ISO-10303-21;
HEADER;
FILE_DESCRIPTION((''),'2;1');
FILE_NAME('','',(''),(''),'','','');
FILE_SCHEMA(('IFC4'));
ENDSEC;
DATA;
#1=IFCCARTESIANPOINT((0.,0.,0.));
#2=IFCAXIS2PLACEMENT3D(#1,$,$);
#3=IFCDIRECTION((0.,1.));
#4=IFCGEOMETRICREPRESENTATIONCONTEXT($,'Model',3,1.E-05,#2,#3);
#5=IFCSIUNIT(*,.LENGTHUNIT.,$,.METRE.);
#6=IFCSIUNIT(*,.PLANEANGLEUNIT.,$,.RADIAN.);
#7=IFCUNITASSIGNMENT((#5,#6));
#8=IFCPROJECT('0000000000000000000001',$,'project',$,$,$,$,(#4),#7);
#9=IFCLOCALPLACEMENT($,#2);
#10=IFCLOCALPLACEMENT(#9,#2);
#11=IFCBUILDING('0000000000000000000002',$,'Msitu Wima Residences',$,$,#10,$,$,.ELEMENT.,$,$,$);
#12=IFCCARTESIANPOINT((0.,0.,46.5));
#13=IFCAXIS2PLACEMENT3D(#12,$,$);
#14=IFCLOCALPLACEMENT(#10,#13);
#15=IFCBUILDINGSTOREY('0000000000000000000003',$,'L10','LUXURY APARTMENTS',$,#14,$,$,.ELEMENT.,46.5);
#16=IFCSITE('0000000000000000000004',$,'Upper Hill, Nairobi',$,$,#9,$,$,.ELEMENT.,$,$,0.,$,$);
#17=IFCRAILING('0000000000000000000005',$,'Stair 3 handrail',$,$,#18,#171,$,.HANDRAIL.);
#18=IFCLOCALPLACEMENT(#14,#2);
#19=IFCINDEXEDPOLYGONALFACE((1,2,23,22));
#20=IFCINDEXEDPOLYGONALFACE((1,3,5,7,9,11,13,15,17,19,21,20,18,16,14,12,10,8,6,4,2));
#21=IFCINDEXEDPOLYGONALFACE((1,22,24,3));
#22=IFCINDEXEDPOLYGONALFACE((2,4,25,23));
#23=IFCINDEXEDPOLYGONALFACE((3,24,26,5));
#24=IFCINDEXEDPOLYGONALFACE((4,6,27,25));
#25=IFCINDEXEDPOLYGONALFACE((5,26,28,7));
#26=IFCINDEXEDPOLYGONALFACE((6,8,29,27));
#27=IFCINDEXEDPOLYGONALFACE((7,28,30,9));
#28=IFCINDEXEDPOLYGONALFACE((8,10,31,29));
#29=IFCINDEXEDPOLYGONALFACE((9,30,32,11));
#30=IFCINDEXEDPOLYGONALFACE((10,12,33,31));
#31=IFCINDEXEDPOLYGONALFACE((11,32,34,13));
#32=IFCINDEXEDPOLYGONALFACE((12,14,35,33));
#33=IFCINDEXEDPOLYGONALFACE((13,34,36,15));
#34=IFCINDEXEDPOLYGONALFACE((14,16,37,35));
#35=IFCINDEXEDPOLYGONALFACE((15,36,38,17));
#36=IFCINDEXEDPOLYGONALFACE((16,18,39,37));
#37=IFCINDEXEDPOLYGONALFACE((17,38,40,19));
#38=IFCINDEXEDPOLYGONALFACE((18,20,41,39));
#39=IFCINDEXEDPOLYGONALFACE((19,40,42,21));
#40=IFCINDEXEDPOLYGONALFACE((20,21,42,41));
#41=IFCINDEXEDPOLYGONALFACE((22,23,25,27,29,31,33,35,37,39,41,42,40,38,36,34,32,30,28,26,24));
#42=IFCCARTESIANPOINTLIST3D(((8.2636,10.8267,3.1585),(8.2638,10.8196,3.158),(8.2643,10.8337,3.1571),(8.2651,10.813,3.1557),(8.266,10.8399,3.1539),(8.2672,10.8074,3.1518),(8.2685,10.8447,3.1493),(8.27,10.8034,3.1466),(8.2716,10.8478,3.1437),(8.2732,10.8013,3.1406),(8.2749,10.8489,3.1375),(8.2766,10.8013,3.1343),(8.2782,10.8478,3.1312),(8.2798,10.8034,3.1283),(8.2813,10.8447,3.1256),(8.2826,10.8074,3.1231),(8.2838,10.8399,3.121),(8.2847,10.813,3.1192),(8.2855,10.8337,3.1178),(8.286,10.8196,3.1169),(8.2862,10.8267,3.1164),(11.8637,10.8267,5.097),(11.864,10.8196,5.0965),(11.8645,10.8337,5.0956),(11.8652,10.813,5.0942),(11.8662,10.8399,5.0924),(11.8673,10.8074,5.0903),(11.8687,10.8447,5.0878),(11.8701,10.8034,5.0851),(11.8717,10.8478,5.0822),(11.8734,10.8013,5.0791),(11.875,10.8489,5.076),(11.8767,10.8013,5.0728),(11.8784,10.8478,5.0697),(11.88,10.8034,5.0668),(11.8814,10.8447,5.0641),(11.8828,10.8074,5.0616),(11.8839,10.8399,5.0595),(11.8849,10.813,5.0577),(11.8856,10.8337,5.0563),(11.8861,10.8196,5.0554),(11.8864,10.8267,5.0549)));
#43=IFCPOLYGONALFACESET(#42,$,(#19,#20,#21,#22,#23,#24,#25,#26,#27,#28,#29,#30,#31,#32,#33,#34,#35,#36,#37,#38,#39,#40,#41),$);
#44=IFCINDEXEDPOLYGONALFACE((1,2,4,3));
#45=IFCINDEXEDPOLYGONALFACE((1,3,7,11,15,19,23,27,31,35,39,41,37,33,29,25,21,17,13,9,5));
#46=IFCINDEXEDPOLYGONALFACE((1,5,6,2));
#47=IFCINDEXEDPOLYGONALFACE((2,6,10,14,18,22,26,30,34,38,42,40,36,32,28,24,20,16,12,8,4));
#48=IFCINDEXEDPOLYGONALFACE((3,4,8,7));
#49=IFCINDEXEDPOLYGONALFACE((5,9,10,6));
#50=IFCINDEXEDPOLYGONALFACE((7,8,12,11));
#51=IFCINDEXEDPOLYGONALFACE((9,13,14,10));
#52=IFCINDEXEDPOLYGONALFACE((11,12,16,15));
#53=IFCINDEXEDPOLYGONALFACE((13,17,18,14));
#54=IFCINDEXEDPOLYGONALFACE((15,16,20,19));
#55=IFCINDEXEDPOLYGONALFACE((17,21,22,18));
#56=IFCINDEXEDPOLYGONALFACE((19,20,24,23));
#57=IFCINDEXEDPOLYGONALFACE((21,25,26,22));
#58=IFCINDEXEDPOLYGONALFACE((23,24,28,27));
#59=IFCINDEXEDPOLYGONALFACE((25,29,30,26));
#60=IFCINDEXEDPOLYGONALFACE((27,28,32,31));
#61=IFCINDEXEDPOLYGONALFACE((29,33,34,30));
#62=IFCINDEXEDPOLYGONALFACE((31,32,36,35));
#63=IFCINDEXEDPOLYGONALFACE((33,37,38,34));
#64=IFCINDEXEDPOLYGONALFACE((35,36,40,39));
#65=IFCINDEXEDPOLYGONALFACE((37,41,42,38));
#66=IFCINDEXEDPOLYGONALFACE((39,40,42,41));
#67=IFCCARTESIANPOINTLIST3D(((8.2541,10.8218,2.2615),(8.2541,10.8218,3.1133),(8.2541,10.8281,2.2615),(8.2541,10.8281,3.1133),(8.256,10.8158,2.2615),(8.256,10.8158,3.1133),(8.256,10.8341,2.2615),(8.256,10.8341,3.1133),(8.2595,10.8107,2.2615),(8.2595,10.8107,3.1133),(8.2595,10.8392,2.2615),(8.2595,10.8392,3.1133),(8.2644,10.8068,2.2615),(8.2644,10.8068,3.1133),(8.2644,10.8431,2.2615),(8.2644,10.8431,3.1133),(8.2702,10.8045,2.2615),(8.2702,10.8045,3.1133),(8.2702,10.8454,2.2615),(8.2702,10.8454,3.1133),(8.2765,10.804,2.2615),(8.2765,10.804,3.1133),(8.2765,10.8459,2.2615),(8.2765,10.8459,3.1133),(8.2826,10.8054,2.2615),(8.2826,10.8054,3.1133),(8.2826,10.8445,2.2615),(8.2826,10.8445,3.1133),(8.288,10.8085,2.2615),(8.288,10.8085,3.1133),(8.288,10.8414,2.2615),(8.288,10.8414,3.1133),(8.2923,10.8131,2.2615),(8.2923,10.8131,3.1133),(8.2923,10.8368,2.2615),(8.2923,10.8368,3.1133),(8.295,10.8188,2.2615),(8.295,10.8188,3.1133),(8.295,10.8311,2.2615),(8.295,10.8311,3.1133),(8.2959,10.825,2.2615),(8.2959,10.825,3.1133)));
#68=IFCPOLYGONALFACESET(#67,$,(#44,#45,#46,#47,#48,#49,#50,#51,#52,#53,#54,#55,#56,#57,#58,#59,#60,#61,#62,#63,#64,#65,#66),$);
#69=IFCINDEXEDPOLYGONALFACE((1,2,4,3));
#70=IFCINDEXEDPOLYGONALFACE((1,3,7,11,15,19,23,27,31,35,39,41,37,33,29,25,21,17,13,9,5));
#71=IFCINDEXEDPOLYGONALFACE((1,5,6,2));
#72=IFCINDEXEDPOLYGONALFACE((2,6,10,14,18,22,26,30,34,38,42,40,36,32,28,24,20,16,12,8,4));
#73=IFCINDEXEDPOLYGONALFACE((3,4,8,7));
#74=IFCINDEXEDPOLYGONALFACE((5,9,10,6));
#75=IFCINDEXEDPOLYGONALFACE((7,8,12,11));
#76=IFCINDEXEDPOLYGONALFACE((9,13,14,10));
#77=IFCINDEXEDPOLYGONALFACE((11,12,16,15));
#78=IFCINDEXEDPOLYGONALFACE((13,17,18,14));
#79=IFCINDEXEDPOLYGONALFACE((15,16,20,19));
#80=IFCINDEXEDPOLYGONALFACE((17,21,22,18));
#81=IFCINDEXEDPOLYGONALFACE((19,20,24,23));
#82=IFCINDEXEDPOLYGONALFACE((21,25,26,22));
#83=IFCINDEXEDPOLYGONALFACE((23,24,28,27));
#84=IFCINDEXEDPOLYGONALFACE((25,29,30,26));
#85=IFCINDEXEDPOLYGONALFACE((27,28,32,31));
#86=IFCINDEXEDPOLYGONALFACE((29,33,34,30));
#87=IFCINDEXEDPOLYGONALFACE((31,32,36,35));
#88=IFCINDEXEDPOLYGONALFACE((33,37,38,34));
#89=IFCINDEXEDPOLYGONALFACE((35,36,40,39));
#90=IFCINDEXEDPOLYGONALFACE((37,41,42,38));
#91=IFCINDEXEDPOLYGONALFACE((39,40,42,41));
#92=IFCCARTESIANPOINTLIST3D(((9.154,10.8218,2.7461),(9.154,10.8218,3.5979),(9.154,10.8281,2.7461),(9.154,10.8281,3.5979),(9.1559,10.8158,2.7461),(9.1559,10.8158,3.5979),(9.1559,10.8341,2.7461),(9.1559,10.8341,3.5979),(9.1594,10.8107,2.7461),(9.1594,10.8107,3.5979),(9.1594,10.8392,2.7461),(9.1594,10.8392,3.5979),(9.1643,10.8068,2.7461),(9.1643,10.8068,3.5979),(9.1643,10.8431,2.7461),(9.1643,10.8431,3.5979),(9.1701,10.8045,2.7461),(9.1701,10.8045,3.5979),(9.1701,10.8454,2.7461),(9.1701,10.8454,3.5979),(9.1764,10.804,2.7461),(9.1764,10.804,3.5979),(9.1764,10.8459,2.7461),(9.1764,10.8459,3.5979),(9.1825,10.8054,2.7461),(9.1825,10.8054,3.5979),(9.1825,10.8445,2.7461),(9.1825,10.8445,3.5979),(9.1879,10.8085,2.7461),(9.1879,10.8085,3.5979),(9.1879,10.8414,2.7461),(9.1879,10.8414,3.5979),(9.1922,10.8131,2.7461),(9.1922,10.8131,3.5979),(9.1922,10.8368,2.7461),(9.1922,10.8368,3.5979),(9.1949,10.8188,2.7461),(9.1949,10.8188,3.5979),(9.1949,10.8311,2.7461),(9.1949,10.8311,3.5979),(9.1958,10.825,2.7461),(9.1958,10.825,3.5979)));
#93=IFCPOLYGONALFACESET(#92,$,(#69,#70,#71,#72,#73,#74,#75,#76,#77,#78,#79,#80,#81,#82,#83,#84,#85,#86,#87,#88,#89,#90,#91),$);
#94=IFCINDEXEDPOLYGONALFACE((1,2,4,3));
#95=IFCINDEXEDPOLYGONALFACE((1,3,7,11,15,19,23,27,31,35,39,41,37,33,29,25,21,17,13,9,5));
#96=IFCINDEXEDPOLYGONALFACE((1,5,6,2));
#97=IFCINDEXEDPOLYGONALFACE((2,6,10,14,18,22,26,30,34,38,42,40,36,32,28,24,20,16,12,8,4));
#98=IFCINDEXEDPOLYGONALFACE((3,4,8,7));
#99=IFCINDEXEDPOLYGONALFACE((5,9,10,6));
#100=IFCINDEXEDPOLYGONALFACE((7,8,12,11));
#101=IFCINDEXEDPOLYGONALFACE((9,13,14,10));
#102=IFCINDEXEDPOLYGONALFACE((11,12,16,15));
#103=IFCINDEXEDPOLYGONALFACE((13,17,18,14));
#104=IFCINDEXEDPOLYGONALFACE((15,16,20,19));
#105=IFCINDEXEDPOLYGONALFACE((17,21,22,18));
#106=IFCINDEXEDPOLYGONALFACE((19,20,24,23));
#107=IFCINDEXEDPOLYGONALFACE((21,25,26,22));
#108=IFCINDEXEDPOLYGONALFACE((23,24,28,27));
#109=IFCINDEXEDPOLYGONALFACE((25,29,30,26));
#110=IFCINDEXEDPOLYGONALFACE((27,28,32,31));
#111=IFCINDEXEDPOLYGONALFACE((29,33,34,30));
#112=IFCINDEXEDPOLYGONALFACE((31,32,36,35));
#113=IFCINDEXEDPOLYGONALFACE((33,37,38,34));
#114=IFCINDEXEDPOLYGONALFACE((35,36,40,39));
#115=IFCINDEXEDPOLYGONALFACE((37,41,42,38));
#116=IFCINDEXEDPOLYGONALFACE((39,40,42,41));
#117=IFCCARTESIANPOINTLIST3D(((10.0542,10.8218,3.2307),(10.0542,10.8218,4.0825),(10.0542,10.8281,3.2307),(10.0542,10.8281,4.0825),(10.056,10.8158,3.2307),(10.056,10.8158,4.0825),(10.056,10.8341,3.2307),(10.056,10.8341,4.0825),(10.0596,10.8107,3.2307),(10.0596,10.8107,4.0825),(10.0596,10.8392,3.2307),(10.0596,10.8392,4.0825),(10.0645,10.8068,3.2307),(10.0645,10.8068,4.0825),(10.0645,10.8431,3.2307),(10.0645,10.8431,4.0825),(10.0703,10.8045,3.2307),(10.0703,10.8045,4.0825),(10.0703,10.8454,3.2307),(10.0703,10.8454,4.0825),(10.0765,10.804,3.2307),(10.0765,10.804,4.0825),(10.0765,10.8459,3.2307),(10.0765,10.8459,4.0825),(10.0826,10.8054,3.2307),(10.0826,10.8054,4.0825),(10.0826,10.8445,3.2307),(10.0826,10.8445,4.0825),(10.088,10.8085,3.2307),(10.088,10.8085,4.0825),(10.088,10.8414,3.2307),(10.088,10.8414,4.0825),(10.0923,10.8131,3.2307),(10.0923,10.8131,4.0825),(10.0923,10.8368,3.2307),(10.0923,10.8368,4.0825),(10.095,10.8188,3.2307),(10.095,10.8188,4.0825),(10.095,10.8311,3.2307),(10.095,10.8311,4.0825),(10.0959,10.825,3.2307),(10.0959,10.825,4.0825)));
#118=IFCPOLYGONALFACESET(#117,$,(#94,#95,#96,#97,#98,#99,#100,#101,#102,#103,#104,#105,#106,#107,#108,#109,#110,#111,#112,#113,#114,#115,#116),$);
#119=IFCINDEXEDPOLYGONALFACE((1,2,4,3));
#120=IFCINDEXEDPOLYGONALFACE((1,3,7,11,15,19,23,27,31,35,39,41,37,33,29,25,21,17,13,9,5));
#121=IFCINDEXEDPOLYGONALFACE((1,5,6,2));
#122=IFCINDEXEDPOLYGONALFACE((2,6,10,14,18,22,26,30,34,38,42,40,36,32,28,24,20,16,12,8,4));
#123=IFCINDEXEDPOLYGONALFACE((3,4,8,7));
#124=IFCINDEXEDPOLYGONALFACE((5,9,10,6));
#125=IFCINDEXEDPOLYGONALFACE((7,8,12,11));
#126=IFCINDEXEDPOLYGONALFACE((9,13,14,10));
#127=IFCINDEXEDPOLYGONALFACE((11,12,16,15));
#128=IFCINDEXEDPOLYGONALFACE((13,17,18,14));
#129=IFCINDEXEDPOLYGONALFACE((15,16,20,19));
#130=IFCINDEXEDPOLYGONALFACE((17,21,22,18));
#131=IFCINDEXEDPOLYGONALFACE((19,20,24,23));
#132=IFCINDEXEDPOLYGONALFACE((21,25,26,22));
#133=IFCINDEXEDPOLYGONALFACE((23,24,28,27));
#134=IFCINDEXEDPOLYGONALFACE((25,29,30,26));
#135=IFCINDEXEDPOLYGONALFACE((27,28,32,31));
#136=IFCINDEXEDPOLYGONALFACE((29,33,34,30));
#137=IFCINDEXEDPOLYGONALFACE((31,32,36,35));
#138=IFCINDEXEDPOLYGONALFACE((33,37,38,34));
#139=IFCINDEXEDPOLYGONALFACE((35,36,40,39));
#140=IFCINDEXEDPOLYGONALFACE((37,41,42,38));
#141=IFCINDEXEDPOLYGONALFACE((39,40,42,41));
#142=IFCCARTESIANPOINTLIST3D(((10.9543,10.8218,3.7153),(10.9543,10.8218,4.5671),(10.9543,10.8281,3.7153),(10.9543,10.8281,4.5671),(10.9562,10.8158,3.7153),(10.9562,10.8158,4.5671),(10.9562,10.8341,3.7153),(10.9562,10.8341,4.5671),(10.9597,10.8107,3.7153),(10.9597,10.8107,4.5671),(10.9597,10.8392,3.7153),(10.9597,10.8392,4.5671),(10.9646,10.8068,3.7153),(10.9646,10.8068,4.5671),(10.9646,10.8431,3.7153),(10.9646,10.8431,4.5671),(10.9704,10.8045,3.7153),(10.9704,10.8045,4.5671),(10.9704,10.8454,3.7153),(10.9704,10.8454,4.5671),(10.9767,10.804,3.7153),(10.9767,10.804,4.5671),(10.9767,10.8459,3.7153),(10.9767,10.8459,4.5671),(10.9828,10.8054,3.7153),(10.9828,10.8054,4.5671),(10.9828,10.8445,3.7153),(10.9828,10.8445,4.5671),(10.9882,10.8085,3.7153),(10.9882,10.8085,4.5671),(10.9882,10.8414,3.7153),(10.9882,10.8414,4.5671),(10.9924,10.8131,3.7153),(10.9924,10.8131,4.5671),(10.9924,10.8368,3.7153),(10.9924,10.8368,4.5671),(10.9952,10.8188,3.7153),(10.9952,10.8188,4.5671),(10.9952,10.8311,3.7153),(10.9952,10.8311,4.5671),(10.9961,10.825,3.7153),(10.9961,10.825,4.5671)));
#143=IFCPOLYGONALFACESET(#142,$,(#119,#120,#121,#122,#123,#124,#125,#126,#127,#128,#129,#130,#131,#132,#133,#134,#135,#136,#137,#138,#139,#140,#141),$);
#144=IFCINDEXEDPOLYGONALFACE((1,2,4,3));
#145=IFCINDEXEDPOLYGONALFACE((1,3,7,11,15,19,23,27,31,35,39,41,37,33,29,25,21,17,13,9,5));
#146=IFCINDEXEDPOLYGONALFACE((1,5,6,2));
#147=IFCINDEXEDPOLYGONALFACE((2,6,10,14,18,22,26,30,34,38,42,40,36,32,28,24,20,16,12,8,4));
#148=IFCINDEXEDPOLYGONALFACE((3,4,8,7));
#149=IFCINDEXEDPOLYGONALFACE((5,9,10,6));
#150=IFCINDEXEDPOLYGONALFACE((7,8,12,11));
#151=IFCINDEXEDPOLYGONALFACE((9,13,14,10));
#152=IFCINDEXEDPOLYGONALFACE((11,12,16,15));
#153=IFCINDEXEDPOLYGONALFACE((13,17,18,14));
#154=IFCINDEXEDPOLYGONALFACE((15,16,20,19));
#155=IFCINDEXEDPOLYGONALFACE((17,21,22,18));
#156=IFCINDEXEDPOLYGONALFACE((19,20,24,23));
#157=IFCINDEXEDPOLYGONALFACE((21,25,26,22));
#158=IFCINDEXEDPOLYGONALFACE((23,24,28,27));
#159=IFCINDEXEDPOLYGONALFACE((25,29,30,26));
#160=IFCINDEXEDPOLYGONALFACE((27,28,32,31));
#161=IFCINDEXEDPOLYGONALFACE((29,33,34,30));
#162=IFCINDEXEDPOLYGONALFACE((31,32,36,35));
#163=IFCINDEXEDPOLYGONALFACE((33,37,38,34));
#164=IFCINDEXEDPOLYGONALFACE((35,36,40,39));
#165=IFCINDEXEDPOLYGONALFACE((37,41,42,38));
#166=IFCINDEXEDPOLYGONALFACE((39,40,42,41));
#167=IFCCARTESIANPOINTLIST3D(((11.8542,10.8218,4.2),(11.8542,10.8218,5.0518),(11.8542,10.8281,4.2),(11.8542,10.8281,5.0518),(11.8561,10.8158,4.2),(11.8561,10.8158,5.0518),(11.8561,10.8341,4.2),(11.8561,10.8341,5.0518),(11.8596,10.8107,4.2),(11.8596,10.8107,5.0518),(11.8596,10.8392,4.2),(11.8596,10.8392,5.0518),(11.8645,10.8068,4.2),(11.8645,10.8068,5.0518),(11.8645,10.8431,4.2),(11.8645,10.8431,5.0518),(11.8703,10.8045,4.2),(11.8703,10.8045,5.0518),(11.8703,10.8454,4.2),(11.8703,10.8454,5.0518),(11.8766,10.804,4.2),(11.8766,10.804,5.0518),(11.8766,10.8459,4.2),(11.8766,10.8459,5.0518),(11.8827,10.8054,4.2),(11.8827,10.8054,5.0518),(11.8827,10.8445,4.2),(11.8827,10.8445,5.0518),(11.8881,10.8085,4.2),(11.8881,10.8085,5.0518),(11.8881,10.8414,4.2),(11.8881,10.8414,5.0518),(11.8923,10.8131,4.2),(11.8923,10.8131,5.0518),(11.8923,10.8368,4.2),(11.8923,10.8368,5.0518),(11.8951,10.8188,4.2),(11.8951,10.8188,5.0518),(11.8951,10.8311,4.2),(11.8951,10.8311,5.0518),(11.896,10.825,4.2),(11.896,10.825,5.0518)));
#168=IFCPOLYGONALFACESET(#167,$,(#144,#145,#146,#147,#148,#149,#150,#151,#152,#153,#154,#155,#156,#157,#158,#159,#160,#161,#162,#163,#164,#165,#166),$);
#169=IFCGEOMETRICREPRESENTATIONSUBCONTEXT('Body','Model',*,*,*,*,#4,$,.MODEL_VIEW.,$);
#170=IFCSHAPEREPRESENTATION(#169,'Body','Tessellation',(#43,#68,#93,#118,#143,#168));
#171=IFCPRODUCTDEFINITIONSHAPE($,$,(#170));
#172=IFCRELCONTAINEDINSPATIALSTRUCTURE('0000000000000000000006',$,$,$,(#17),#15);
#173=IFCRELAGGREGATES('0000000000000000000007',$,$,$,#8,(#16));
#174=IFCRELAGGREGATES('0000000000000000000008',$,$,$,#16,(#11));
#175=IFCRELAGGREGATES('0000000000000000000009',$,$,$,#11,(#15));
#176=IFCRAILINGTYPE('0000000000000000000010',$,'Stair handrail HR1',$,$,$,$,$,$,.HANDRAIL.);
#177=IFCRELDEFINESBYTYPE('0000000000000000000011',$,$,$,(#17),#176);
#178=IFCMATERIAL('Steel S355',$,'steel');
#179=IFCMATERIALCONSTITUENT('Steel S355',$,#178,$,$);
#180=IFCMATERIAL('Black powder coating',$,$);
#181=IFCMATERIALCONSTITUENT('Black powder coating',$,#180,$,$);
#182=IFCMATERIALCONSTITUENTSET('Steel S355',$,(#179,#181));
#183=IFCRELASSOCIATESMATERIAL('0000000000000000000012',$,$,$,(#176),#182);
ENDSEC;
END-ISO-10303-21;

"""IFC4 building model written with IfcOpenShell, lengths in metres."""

from ifc_helpers import new_model, si_unit, direction, frame, origin, origin_2d, place, context, subcontext, project, spatial, circle, extrude, material, constituent, constituent_set, type_object, element, save


model = new_model("IFC4")

# Units and contexts
model_context = context("Model", 3, precision=1e-05, world=origin(), true_north=direction((0.0, 1.0)))
body_context = subcontext(model_context, "Body", "Model", "MODEL_VIEW")
ifc_project = project(units=[si_unit("LENGTHUNIT", "METRE"), si_unit("PLANEANGLEUNIT", "RADIAN")], contexts=[model_context])

# Site, building, storey
site_placement = place(None, origin())
site = spatial("IfcSite", under=ifc_project, at=site_placement, Name="Upper Hill, Nairobi", CompositionType="ELEMENT", RefElevation=0.0)
building_placement = place(site_placement, origin())
building = spatial("IfcBuilding", under=site, at=building_placement, Name="Msitu Wima Residences", CompositionType="ELEMENT")
storey_placement = place(building_placement, frame((0.0, 0.0, 46.5)))
storey = spatial("IfcBuildingStorey", under=building, at=storey_placement, Name="L10", Description="LUXURY APARTMENTS", CompositionType="ELEMENT", Elevation=46.5)

# Railing
ifc_material_1 = material(Name="Steel S355", Category="steel")
ifc_constituent_1 = constituent(ifc_material_1, Name="Steel S355")
ifc_material_2 = material(Name="Black powder coating")
ifc_constituent_2 = constituent(ifc_material_2, Name="Black powder coating")
ifc_constituent_set = constituent_set(constituents=[ifc_constituent_1, ifc_constituent_2], Name="Steel S355")
railing_type = type_object("IfcRailingType", Name="Stair handrail HR1", PredefinedType="HANDRAIL", material=ifc_constituent_set)
for number, where, name in (
    (1, (8.2749, 10.825, 2.2615), "Stair 3 handrail"),
):
    element("IfcRailing", number, at=place(storey_placement, frame(where)), inside=storey, type_object=railing_type, Name=name, PredefinedType="HANDRAIL", context=body_context, shape_type="SweptSolid", body=[
        extrude(circle(Radius=0.0239, at=origin_2d()), frame((0.0, 0.0, 0.876), z_axis=(0.880475, 0.0, 0.474093), x_axis=(0.0, 1.0, 0.0)), (0.0, 0.0, 1.0), 4.0889),
        extrude(circle(Radius=0.021, at=origin_2d()), origin(), (0.0, 0.0, 1.0), 0.8518),
        extrude(circle(Radius=0.021, at=origin_2d()), frame((0.8999, 0.0, 0.4846)), (0.0, 0.0, 1.0), 0.8518),
        extrude(circle(Radius=0.021, at=origin_2d()), frame((1.8, 0.0, 0.9692)), (0.0, 0.0, 1.0), 0.8518),
        extrude(circle(Radius=0.021, at=origin_2d()), frame((2.7002, 0.0, 1.4539)), (0.0, 0.0, 1.0), 0.8518),
        extrude(circle(Radius=0.021, at=origin_2d()), frame((3.6001, 0.0, 1.9385)), (0.0, 0.0, 1.0), 0.8518),
    ])

save(model, "model.ifc")
